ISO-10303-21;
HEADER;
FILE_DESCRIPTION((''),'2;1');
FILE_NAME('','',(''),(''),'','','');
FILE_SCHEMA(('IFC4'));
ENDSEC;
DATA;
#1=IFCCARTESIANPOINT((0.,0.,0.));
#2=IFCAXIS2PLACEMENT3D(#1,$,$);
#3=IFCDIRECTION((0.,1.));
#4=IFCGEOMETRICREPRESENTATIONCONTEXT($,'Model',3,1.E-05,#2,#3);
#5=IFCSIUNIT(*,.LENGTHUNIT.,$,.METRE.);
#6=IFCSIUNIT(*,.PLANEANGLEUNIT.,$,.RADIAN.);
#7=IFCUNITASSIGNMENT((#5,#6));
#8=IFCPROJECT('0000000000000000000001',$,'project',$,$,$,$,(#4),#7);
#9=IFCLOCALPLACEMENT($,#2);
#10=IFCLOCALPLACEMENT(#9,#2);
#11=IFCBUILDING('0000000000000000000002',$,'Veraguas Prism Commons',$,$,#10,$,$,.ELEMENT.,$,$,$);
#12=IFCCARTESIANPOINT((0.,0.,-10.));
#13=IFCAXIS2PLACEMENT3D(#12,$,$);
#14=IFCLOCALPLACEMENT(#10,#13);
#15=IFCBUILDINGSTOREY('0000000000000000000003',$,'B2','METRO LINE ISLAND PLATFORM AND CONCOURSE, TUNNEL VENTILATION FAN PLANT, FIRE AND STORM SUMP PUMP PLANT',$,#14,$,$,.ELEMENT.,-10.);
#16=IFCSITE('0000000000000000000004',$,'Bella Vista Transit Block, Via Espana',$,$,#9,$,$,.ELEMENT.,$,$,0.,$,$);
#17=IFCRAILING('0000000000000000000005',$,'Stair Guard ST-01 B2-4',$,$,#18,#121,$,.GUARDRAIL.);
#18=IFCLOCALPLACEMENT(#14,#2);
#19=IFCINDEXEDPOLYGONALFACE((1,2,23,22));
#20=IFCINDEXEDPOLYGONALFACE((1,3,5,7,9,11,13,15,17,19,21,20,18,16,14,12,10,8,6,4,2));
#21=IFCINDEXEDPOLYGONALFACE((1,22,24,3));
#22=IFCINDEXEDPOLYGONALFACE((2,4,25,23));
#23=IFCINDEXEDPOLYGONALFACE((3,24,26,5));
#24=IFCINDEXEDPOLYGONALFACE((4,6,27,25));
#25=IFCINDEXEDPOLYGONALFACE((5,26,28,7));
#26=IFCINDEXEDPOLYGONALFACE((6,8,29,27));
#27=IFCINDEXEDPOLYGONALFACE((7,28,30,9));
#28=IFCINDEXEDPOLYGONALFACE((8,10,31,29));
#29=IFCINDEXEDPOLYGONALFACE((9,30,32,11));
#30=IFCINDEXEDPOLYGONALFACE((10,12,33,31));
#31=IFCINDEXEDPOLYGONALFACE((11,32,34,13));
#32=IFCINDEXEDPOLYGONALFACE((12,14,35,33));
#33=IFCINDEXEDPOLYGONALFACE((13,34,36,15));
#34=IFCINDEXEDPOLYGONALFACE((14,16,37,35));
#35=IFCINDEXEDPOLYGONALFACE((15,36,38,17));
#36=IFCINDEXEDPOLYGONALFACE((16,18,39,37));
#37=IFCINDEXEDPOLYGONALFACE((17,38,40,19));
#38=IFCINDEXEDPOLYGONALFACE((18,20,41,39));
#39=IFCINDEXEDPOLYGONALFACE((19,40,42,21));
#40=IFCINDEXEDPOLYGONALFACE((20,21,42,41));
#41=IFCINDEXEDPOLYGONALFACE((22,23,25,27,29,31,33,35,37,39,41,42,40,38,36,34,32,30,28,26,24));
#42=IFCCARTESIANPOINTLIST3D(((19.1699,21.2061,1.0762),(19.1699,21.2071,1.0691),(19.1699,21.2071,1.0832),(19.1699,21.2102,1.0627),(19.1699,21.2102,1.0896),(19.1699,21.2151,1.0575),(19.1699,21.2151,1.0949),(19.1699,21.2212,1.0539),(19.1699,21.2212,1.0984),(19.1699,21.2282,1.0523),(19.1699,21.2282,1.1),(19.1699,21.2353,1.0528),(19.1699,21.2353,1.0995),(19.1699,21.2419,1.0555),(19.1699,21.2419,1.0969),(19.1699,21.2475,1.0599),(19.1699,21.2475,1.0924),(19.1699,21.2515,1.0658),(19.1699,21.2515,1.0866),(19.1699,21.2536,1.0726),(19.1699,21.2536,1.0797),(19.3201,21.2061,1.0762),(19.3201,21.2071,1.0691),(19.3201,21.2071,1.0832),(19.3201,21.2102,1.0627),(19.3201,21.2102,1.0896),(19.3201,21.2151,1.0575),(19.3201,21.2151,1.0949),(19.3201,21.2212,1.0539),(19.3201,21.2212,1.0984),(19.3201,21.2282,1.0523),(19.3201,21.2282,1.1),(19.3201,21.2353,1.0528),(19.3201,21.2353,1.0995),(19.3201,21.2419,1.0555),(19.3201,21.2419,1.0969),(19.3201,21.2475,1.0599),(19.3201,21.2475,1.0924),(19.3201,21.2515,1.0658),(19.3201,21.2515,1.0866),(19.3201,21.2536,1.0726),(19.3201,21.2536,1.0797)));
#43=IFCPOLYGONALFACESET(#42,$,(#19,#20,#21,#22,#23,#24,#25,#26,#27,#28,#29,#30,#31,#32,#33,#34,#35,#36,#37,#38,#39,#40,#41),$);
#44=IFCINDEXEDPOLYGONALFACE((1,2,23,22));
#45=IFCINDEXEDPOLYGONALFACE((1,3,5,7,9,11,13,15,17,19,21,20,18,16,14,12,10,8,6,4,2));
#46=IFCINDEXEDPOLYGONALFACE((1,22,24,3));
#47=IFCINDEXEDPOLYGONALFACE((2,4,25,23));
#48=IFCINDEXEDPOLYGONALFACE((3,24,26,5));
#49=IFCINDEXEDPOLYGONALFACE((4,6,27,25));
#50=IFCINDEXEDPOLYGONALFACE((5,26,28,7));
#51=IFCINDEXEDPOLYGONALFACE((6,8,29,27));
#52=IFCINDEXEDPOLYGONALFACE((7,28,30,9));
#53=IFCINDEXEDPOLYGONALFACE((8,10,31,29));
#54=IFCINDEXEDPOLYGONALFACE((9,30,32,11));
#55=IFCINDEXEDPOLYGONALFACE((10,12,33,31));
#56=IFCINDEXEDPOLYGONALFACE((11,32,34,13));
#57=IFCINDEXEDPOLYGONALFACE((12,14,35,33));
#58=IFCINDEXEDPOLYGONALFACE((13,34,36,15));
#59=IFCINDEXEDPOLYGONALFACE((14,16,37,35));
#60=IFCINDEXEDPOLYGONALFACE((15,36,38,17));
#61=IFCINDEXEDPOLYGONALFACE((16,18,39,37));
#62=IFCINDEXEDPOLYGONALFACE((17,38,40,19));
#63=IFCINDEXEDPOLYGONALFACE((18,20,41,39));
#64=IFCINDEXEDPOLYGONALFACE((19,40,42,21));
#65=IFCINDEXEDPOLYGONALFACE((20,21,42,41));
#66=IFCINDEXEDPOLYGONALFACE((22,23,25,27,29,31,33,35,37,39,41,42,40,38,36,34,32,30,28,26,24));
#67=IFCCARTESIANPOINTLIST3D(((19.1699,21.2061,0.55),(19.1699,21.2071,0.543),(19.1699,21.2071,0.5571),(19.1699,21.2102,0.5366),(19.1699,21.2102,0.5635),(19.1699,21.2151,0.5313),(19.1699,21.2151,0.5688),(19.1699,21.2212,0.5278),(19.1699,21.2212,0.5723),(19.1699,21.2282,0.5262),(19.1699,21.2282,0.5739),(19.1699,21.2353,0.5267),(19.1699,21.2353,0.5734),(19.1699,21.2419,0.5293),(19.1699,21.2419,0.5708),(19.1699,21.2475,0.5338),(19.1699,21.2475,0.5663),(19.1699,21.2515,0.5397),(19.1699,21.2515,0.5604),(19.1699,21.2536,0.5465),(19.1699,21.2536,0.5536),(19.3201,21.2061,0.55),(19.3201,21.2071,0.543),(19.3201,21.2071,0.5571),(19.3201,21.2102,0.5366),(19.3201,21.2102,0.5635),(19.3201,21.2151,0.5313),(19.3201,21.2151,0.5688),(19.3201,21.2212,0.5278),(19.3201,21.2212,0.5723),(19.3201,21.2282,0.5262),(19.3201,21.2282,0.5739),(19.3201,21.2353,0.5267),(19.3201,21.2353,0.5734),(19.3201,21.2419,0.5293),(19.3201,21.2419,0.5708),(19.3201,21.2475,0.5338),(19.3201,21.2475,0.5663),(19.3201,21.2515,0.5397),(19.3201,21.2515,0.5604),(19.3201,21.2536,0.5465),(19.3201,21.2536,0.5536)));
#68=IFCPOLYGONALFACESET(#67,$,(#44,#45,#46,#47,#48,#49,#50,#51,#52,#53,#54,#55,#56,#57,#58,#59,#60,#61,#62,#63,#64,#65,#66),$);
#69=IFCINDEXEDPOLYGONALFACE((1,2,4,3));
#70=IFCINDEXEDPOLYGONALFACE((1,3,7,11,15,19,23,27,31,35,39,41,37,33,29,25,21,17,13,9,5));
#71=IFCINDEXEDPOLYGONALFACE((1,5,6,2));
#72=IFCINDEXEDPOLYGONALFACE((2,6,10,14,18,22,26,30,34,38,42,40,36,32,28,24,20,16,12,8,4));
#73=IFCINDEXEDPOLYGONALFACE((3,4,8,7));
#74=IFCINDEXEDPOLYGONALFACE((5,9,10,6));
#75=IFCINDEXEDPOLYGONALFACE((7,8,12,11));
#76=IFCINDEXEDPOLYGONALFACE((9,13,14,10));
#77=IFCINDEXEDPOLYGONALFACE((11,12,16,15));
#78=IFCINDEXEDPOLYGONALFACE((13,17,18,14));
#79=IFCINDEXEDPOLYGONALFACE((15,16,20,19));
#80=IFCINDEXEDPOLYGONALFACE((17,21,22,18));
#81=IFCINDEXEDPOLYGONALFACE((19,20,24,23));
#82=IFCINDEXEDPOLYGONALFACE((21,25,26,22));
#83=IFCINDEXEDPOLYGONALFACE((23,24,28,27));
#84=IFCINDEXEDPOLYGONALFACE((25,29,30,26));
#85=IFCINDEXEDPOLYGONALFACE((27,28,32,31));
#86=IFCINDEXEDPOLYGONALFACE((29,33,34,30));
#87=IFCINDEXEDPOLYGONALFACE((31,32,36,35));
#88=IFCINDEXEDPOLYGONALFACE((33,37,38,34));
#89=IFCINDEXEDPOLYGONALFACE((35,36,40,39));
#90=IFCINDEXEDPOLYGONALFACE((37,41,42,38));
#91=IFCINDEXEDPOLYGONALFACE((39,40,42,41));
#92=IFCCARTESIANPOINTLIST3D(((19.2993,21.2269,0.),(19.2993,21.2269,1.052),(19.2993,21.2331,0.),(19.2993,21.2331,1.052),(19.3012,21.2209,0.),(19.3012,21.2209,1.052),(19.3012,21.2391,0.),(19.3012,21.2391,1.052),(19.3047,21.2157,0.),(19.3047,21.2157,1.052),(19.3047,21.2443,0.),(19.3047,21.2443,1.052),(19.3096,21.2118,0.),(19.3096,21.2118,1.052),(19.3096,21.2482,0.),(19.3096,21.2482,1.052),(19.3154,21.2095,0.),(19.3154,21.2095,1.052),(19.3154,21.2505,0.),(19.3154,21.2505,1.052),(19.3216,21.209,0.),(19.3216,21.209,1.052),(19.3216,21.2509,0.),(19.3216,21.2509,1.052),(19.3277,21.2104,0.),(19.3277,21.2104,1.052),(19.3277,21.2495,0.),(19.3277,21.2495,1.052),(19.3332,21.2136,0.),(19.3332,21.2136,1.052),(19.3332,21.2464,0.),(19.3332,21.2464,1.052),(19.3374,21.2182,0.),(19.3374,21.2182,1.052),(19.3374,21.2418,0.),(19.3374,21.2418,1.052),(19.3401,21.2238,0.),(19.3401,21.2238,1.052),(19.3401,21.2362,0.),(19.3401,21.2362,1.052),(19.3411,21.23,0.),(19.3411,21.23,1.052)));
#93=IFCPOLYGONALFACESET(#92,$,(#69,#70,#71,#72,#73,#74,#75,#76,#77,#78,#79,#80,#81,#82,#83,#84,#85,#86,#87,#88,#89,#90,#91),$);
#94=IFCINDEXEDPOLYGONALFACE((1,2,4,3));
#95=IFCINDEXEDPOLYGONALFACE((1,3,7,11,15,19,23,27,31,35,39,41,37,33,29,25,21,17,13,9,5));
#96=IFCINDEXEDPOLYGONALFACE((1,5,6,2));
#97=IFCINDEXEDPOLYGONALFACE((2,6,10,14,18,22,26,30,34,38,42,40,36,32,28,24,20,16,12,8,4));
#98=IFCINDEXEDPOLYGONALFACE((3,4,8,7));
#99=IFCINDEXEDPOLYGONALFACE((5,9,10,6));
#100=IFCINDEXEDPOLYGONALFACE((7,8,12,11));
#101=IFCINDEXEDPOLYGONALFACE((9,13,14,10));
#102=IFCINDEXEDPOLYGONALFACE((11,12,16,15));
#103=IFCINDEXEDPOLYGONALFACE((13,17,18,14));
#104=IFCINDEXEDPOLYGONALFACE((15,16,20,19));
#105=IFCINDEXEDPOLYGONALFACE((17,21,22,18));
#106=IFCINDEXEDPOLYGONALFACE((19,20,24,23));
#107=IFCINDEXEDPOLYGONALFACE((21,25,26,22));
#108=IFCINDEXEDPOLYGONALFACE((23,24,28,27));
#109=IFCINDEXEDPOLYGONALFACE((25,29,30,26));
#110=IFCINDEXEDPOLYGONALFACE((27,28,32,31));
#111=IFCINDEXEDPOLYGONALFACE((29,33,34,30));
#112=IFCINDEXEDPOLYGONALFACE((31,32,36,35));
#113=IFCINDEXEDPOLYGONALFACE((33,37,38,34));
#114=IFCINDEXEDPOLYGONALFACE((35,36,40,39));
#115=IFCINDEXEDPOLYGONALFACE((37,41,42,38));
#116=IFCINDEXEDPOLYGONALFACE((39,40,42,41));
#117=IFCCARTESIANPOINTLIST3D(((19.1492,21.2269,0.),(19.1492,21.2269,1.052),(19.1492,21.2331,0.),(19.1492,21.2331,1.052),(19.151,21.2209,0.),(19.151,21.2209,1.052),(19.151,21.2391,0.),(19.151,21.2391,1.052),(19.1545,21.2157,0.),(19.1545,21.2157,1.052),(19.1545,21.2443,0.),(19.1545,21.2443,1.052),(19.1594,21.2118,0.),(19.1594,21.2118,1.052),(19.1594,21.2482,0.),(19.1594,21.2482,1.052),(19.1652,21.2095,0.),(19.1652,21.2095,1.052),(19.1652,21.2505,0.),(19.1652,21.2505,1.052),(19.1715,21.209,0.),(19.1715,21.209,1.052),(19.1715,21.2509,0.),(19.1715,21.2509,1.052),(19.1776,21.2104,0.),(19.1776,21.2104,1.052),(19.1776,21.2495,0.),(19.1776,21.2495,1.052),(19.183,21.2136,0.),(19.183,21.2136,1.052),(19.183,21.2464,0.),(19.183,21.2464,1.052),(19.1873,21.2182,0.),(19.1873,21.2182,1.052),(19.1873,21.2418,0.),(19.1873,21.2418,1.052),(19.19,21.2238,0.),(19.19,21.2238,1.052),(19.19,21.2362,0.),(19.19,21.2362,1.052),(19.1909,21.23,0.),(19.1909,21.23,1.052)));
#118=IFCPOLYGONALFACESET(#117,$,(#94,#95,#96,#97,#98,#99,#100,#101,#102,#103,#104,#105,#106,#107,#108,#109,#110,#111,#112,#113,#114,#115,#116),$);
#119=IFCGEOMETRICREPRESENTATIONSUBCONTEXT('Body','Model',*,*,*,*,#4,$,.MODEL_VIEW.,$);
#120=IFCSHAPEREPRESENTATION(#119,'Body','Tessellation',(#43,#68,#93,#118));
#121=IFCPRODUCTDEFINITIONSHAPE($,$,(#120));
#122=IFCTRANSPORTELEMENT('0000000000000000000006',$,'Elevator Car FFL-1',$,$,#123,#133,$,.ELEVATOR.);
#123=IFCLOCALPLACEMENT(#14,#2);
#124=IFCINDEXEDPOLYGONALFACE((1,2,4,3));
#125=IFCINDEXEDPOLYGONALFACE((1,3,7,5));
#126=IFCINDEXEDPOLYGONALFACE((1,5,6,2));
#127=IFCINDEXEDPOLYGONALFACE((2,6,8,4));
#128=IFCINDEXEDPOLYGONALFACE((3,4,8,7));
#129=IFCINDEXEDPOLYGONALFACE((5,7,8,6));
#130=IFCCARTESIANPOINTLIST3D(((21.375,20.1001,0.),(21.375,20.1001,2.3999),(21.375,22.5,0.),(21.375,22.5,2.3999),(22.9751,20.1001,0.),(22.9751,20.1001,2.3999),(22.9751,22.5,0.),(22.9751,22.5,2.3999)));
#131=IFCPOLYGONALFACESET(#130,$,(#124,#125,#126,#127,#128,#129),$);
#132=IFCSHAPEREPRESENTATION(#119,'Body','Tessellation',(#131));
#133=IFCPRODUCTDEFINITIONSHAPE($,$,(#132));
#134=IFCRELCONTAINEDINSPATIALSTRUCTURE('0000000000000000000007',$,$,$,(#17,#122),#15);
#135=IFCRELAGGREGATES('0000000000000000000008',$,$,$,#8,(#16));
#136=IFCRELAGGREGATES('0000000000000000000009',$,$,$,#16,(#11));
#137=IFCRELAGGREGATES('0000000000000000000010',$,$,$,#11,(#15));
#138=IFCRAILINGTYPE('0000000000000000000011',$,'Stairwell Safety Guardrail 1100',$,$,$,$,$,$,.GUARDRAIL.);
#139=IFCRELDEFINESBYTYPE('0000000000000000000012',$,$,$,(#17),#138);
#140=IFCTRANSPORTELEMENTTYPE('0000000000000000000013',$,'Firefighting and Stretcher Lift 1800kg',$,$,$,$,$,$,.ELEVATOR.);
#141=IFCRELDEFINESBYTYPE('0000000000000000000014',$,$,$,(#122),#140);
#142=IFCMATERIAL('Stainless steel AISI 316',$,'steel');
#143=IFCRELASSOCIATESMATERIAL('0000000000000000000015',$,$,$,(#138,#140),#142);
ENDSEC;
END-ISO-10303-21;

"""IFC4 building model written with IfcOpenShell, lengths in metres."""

from ifc_helpers import new_model, si_unit, direction, frame, origin, origin_2d, place, context, subcontext, project, spatial, rectangle, circle, extrude, source, transform, mapped, material, type_object, element, save


model = new_model("IFC4")

# Units and contexts
model_context = context("Model", 3, precision=1e-05, world=origin(), true_north=direction((0.0, 1.0)))
body_context = subcontext(model_context, "Body", "Model", "MODEL_VIEW")
ifc_project = project(units=[si_unit("LENGTHUNIT", "METRE"), si_unit("PLANEANGLEUNIT", "RADIAN")], contexts=[model_context])

# Site, building, storey
site_placement = place(None, origin())
site = spatial("IfcSite", under=ifc_project, at=site_placement, Name="Bella Vista Transit Block, Via Espana", CompositionType="ELEMENT", RefElevation=0.0)
building_placement = place(site_placement, origin())
building = spatial("IfcBuilding", under=site, at=building_placement, Name="Veraguas Prism Commons", CompositionType="ELEMENT")
storey_placement = place(building_placement, frame((0.0, 0.0, -10.0)))
storey = spatial("IfcBuildingStorey", under=building, at=storey_placement, Name="B2", Description="METRO LINE ISLAND PLATFORM AND CONCOURSE, TUNNEL VENTILATION FAN PLANT, FIRE AND STORM SUMP PUMP PLANT", CompositionType="ELEMENT", Elevation=-10.0)

# Shared definitions
ifc_material_1 = material(Name="Stainless steel AISI 316", Category="steel")

# Railing
railing_type_1 = type_object("IfcRailingType", Name="Stairwell Safety Guardrail 1100", PredefinedType="GUARDRAIL", material=ifc_material_1)
railing_1_placement = place(storey_placement, frame((19.3201, 21.23, 0.0)))
element("IfcRailing", 1, at=railing_1_placement, inside=storey, type_object=railing_type_1, Name="Stair Guard ST-01 B2-4", PredefinedType="GUARDRAIL", context=body_context, shape_type="SweptSolid", body=[
    extrude(circle(Radius=0.0239, at=origin_2d()), frame((0.0, 0.0, 1.0762), z_axis=(-1.0, 0.0, 0.0), x_axis=(0.0, -1.0, 0.0)), (0.0, 0.0, 1.0), 0.1501),
    extrude(circle(Radius=0.0239, at=origin_2d()), frame((0.0, 0.0, 0.55), z_axis=(-1.0, 0.0, 0.0), x_axis=(0.0, -1.0, 0.0)), (0.0, 0.0, 1.0), 0.1501),
    extrude(circle(Radius=0.021, at=origin_2d()), origin(), (0.0, 0.0, 1.0), 1.052),
    extrude(circle(Radius=0.021, at=origin_2d()), frame((-0.1501, 0.0, 0.0)), (0.0, 0.0, 1.0), 1.052),
])

# Transport element
transport_element_type = type_object("IfcTransportElementType", Name="Firefighting and Stretcher Lift 1800kg", PredefinedType="ELEVATOR", material=ifc_material_1)
shared_shape_1 = source(origin(), body_context, "Body", "SweptSolid", [
    extrude(rectangle(XDim=1.6001, YDim=2.3999, at=origin_2d()), origin(), (0.0, 0.0, 1.0), 2.3999),
])
transport_element_placement = place(storey_placement, frame((22.175, 21.3, 0.0), z_axis=(0.0, 0.0, 1.0), x_axis=(1.0, 0.0, 0.0)))
element("IfcTransportElement", 2, at=transport_element_placement, inside=storey, type_object=transport_element_type, Name="Elevator Car FFL-1", PredefinedType="ELEVATOR", context=body_context, shape_type="MappedRepresentation", body=[
    mapped(shared_shape_1, transform((0.0, 0.0, 0.0), scale=1.0)),
])

save(model, "model.ifc")
